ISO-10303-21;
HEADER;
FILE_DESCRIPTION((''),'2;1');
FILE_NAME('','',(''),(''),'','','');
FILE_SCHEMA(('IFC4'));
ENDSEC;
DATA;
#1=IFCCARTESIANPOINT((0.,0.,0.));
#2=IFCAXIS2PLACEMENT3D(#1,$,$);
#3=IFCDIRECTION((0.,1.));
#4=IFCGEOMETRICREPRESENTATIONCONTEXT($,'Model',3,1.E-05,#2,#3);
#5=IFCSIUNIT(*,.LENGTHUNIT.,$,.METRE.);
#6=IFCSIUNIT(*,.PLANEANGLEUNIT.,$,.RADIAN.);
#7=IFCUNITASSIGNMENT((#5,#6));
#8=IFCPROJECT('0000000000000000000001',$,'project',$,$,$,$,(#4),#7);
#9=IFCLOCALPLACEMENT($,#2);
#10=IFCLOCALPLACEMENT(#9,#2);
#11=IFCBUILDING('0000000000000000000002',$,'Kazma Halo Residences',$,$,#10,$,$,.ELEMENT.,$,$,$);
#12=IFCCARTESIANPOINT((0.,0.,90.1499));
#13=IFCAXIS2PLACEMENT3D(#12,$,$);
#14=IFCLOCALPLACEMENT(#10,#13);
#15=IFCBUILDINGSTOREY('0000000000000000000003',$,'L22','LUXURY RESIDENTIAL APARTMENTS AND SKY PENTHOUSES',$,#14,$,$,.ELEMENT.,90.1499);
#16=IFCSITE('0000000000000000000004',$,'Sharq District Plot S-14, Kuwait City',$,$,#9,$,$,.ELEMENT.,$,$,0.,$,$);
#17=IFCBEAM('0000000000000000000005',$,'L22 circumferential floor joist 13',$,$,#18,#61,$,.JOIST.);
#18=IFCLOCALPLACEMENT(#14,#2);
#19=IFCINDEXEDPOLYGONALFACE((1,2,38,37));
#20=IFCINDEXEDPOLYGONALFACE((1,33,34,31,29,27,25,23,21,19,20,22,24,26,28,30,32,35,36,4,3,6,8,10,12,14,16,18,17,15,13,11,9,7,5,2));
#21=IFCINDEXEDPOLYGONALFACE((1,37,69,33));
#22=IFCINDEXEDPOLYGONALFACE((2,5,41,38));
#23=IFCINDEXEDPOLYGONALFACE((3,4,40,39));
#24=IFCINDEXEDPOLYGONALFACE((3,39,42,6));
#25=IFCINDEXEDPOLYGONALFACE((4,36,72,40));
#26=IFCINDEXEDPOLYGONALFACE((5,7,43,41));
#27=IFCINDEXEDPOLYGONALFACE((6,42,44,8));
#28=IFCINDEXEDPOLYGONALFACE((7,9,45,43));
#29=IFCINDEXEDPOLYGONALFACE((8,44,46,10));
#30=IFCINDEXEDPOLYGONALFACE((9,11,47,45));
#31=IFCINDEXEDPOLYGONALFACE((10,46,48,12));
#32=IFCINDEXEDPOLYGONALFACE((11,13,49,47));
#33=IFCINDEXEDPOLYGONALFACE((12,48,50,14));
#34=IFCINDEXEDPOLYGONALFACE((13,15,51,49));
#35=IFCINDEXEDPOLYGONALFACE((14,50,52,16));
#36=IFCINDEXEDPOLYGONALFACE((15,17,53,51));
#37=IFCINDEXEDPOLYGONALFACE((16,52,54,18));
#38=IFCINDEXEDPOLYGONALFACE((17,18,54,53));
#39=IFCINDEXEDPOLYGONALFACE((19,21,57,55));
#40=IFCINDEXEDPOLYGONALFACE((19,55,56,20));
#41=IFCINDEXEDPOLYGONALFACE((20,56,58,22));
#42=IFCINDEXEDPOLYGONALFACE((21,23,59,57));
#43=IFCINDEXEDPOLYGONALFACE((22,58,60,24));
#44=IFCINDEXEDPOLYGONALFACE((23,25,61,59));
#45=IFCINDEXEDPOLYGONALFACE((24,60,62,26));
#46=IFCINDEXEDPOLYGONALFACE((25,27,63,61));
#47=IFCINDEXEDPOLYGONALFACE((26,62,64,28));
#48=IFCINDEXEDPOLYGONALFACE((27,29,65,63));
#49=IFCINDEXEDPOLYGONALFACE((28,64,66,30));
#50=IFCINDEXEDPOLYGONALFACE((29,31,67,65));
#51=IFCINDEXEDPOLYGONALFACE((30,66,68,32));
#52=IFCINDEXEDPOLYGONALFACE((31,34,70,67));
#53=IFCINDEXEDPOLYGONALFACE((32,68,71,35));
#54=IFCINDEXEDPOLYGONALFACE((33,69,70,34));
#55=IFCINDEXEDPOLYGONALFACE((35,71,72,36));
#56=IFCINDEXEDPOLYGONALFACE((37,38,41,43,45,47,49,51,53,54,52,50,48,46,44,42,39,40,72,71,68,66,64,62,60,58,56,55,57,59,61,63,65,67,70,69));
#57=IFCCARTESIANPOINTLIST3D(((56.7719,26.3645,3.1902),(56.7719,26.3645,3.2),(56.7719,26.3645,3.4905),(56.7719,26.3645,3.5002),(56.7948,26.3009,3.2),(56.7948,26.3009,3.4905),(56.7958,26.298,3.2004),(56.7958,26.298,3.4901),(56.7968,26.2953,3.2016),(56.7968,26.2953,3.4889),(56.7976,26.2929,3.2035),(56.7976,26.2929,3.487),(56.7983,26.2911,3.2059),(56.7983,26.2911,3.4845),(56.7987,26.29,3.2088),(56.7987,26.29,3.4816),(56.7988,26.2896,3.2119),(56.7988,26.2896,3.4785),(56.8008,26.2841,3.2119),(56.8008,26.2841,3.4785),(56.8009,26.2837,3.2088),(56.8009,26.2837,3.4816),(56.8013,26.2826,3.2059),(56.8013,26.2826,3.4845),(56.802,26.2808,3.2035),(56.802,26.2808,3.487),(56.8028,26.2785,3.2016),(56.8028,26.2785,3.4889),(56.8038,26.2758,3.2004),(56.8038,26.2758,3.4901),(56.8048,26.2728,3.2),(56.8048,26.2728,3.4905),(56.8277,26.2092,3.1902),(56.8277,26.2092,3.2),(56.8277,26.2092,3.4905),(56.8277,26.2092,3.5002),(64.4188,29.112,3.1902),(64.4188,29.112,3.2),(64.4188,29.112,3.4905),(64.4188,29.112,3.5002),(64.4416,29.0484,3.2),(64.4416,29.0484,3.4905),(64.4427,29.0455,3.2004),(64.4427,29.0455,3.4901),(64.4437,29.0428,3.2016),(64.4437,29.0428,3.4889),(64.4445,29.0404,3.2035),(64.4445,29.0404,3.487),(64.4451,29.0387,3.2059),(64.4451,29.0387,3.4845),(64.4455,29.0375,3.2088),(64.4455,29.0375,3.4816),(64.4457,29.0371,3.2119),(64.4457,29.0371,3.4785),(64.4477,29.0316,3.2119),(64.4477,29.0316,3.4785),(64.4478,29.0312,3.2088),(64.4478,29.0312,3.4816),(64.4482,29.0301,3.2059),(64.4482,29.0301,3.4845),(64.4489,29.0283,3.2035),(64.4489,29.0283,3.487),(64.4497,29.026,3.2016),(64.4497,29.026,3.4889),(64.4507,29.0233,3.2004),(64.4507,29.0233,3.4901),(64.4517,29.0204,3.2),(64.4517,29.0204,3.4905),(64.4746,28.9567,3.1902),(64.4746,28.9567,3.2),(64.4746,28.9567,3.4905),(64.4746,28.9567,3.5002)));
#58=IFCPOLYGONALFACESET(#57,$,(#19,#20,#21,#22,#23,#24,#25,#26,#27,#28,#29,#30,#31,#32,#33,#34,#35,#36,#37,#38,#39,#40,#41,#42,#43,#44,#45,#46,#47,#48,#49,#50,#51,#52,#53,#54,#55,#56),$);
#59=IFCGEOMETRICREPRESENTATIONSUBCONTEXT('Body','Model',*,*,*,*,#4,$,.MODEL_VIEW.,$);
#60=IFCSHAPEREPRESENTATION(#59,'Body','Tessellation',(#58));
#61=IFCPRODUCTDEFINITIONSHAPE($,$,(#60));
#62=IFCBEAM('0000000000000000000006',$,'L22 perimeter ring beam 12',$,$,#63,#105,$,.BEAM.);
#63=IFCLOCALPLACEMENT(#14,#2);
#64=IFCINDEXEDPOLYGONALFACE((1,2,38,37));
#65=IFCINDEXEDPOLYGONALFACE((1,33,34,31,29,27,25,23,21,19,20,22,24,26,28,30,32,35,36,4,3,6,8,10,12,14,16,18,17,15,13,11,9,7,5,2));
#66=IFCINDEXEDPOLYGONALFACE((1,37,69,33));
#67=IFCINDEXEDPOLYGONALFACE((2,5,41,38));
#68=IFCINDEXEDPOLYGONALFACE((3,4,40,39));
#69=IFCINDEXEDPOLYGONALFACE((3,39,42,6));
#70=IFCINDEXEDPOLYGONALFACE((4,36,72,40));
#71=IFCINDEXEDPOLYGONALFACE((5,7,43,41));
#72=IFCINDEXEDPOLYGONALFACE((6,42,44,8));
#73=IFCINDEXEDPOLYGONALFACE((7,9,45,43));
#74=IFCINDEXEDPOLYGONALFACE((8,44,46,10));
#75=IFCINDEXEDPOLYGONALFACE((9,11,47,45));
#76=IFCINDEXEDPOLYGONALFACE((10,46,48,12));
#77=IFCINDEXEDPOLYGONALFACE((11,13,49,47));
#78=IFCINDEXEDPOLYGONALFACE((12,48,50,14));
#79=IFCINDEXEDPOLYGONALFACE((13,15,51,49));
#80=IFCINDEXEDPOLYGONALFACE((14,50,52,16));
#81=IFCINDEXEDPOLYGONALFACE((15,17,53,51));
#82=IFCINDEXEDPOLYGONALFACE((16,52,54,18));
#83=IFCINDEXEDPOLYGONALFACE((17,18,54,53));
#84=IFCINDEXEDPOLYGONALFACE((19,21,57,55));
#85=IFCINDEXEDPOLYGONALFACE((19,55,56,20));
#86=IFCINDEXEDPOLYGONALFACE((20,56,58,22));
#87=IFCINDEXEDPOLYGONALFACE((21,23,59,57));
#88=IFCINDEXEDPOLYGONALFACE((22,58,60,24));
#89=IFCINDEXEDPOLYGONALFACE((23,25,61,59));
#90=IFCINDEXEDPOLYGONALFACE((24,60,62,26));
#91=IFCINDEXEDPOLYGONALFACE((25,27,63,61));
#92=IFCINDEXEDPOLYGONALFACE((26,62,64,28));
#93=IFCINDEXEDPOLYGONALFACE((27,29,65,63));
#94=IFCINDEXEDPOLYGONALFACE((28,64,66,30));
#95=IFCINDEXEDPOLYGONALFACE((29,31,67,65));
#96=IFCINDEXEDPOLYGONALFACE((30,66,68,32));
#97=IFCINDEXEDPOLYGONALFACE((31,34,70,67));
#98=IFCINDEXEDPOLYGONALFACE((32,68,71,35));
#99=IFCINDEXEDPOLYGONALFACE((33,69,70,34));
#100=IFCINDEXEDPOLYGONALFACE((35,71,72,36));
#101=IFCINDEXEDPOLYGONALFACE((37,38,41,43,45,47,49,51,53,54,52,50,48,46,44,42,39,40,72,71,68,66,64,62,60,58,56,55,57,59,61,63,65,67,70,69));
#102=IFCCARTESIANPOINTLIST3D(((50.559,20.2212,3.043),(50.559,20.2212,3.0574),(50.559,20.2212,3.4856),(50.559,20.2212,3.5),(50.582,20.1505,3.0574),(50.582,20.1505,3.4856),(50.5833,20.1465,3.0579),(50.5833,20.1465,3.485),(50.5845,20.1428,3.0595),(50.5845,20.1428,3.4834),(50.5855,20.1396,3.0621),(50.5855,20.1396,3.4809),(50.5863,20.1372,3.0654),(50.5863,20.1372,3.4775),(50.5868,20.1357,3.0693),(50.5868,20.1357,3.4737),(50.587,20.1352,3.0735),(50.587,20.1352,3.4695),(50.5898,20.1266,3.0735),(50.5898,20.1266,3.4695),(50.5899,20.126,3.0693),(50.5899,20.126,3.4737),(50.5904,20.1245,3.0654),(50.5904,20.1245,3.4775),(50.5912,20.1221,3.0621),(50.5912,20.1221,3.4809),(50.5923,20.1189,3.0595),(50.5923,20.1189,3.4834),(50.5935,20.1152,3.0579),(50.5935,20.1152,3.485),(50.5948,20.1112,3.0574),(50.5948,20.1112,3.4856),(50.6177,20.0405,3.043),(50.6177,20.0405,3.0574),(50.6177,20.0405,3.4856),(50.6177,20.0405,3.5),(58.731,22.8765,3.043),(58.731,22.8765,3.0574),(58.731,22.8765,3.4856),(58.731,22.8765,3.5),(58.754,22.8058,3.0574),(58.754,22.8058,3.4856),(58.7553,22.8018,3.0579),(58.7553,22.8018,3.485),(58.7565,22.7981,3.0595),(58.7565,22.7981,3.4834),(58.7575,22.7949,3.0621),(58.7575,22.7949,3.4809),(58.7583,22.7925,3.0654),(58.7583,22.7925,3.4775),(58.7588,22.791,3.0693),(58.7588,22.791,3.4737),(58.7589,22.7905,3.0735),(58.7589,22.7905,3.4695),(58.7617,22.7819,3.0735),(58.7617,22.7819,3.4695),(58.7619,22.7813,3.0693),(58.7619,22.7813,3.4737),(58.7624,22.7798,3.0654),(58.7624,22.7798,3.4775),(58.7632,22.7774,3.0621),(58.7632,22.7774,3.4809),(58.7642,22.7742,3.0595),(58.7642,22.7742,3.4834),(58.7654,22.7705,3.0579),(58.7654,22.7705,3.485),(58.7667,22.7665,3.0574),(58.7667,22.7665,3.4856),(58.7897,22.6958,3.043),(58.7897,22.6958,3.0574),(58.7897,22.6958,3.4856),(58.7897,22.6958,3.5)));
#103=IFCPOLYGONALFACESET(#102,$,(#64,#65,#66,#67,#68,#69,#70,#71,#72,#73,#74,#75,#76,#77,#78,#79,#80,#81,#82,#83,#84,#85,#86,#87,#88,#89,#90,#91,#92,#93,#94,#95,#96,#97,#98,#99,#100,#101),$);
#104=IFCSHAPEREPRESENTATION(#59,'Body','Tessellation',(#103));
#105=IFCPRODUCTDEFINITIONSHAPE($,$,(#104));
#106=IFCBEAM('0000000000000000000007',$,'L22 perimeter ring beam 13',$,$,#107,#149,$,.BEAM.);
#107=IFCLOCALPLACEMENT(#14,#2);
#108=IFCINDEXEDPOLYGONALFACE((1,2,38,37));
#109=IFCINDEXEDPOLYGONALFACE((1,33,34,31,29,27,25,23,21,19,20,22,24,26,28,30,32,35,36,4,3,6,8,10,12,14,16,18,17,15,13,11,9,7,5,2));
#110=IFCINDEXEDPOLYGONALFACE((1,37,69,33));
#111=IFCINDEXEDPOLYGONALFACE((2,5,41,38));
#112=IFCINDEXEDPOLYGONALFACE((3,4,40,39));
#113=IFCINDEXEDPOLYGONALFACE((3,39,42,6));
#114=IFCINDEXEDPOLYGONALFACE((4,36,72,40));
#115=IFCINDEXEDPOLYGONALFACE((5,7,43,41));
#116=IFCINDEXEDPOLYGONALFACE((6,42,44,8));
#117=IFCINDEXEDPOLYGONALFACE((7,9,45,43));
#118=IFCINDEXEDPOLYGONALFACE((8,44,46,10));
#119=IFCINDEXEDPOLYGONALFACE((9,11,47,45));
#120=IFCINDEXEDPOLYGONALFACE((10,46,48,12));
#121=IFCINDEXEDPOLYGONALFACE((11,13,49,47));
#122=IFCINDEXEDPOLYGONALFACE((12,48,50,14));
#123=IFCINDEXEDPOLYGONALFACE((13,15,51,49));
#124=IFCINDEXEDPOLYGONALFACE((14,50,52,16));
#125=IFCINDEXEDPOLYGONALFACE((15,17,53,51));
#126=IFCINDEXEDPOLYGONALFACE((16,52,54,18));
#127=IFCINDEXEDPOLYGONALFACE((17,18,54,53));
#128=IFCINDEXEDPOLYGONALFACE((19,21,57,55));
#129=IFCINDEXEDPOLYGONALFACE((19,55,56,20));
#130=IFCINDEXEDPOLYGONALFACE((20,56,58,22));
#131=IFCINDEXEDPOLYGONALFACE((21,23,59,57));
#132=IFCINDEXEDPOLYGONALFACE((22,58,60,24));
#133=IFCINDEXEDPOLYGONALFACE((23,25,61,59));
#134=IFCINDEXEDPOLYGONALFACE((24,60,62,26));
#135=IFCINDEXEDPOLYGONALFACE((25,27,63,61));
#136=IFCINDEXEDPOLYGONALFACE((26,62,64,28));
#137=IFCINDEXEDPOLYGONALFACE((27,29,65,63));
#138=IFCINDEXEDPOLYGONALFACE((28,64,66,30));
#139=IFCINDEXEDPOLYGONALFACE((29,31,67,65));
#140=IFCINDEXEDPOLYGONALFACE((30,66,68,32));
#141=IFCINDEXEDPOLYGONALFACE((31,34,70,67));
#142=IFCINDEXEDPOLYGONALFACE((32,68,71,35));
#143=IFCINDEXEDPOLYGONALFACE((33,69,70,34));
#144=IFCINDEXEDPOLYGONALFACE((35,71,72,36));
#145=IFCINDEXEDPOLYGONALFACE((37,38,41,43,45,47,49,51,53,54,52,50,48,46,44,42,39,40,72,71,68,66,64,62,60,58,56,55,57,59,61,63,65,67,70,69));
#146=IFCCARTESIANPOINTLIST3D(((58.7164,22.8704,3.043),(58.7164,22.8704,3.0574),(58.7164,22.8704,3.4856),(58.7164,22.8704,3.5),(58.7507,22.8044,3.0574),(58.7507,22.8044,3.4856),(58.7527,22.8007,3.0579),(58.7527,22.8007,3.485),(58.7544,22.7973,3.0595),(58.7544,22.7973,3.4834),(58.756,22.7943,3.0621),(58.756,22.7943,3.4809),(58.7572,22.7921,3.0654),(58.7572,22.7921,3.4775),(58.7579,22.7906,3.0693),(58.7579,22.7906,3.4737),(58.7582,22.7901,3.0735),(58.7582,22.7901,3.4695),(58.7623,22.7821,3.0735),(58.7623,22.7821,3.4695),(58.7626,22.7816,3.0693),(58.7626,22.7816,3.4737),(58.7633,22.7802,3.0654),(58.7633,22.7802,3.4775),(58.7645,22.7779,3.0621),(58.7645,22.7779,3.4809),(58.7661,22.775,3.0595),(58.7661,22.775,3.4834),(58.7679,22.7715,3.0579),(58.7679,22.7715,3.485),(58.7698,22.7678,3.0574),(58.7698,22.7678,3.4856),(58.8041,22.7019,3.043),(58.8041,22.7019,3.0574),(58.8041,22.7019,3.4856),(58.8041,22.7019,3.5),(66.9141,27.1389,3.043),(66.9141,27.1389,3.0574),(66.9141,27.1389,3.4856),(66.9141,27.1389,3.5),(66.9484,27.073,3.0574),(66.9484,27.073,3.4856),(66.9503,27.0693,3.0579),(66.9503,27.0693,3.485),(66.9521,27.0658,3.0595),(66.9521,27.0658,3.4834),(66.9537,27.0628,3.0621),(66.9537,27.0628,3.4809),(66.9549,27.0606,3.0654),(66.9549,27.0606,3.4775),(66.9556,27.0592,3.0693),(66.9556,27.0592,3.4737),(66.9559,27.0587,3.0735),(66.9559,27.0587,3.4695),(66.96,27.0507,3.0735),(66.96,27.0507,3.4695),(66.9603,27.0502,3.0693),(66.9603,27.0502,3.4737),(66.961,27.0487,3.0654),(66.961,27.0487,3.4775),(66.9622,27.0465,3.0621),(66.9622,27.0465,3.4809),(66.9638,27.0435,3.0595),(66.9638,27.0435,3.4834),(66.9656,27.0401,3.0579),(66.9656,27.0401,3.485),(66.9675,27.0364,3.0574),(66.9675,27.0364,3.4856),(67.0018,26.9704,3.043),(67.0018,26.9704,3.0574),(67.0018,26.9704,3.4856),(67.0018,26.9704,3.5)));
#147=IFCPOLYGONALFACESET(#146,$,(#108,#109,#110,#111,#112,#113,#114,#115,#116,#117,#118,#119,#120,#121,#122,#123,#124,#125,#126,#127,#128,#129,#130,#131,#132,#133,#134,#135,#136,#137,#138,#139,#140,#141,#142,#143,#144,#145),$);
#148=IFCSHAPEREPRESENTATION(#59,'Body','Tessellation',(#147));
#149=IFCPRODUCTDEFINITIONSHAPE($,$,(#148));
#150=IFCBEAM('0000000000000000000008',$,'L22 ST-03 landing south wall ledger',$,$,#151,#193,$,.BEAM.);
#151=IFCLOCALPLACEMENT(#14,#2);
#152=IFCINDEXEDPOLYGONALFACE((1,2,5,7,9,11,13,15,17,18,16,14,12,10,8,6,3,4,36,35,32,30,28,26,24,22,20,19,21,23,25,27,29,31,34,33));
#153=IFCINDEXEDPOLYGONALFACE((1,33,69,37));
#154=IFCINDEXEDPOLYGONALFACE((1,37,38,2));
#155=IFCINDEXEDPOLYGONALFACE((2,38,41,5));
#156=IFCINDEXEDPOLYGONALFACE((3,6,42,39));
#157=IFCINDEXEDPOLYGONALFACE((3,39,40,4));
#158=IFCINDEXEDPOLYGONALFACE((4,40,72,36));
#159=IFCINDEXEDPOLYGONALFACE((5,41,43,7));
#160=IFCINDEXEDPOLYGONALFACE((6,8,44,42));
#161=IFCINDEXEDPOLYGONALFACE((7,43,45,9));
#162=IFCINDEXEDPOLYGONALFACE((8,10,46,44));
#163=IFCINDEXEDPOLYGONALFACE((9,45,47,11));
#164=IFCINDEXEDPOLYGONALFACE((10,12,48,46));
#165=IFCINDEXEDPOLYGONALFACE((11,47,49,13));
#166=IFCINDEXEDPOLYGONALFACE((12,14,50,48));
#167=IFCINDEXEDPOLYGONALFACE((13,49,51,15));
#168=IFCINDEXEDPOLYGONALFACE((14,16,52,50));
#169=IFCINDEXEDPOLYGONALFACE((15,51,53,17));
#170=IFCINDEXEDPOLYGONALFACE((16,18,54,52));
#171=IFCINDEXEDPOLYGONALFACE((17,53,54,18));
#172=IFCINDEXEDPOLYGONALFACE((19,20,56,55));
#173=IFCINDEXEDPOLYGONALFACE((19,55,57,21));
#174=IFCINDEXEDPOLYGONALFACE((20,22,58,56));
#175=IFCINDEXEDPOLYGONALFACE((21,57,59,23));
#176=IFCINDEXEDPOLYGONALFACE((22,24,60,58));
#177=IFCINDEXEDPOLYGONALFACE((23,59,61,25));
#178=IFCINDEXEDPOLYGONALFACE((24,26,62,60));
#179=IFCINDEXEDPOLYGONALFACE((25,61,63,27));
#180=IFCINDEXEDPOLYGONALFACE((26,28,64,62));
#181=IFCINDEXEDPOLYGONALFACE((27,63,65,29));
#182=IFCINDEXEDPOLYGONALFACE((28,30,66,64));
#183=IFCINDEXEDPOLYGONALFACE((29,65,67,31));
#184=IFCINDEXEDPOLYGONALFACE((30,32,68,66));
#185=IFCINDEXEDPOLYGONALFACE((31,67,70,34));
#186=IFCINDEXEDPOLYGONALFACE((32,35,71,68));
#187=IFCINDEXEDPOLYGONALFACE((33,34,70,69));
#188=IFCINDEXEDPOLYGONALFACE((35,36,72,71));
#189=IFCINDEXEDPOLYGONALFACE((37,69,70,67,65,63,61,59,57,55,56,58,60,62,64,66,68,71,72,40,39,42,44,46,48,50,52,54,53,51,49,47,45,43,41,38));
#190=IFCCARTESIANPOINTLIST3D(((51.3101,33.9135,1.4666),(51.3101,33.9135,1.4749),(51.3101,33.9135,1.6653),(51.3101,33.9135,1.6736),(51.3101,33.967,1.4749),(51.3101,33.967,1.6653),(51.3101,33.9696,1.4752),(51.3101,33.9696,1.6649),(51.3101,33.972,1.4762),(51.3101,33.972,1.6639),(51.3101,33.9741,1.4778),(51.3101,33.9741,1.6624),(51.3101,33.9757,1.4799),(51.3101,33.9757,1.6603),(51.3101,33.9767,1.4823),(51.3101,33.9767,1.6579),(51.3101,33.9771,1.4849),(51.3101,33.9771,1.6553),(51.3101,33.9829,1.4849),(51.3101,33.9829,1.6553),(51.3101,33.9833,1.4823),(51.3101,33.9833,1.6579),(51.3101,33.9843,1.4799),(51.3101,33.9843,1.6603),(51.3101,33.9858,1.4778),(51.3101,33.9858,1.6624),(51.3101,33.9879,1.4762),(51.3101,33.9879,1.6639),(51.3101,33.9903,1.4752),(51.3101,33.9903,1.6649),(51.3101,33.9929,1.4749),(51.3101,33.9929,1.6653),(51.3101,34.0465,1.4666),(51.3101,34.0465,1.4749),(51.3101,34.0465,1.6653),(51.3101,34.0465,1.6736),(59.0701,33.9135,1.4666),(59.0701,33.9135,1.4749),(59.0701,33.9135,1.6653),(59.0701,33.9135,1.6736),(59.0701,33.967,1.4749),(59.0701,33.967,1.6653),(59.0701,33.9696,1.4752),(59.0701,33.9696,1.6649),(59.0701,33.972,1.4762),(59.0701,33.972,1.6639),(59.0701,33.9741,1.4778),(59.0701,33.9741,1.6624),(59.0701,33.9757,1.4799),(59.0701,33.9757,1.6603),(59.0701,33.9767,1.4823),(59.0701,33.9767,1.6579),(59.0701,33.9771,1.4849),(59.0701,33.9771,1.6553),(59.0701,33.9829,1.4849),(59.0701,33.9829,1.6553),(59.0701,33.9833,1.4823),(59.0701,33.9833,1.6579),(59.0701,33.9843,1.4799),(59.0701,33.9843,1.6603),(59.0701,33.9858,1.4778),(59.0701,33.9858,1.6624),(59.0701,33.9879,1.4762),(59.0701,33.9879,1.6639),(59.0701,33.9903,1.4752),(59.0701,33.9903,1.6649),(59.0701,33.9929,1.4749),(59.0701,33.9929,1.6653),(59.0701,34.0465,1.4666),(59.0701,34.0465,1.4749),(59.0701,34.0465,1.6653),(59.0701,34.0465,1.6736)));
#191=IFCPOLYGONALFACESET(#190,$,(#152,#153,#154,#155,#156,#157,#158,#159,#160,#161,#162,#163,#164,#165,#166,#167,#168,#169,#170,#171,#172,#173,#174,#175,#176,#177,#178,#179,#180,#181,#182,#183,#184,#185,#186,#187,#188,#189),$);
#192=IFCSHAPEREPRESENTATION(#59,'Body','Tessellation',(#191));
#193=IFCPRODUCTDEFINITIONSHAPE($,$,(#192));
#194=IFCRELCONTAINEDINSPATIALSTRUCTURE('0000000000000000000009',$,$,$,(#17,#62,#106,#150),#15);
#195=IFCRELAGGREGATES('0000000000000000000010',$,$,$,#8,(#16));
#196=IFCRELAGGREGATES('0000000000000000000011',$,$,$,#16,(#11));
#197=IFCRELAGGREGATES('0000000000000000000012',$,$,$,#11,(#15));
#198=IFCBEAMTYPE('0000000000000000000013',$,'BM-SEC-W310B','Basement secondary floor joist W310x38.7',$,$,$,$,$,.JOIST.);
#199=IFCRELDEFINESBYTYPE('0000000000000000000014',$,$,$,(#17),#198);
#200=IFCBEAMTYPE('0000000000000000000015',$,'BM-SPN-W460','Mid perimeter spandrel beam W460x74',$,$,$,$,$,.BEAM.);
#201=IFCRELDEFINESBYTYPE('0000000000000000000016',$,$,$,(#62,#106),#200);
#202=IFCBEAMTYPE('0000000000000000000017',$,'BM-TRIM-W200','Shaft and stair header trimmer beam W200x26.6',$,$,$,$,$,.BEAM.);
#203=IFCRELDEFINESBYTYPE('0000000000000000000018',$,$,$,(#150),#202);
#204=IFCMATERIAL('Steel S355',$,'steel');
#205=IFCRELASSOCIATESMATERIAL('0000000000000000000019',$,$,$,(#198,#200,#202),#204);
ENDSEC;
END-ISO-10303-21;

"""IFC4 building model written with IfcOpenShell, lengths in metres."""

from ifc_helpers import new_model, si_unit, direction, frame, origin, origin_2d, place, context, subcontext, project, spatial, i_section, extrude, material, material_profile, profile_set, type_object, element, save


model = new_model("IFC4")

# Units and contexts
model_context = context("Model", 3, precision=1e-05, world=origin(), true_north=direction((0.0, 1.0)))
body_context = subcontext(model_context, "Body", "Model", "MODEL_VIEW")
ifc_project = project(units=[si_unit("LENGTHUNIT", "METRE"), si_unit("PLANEANGLEUNIT", "RADIAN")], contexts=[model_context])

# Site, building, storey
site_placement = place(None, origin())
site = spatial("IfcSite", under=ifc_project, at=site_placement, Name="Sharq District Plot S-14, Kuwait City", CompositionType="ELEMENT", RefElevation=0.0)
building_placement = place(site_placement, origin())
building = spatial("IfcBuilding", under=site, at=building_placement, Name="Kazma Halo Residences", CompositionType="ELEMENT")
storey_placement = place(building_placement, frame((0.0, 0.0, 90.1499)))
storey = spatial("IfcBuildingStorey", under=building, at=storey_placement, Name="L22", Description="LUXURY RESIDENTIAL APARTMENTS AND SKY PENTHOUSES", CompositionType="ELEMENT", Elevation=90.1499)

# Beams
ifc_material_1 = material(Name="Steel S355", Category="steel")
ifc_material_profile_1 = material_profile(ifc_material_1, i_section(OverallWidth=0.165, OverallDepth=0.3101, WebThickness=0.0059, FlangeThickness=0.0098, FilletRadius=0.012, at=origin_2d()), Name="W310x38.7")
ifc_profile_set_1 = profile_set([ifc_material_profile_1], Name="Steel S355")
beam_type_1 = type_object("IfcBeamType", Name="BM-SEC-W310B", Description="Basement secondary floor joist W310x38.7", PredefinedType="JOIST", material=ifc_profile_set_1)
beam_1_placement = place(storey_placement, frame((56.7998, 26.2869, 3.3452), z_axis=(0.941097, 0.338136, 0.0), x_axis=(-0.338136, 0.941097, 0.0)))
element("IfcBeam", 1, at=beam_1_placement, inside=storey, type_object=beam_type_1, Name="L22 circumferential floor joist 13", PredefinedType="JOIST", context=body_context, shape_type="SweptSolid", body=[
    extrude(i_section(OverallWidth=0.165, OverallDepth=0.3101, WebThickness=0.0059, FlangeThickness=0.0098, FilletRadius=0.012, at=origin_2d()), origin(), (0.0, 0.0, 1.0), 8.1255),
])
ifc_material_profile_2 = material_profile(ifc_material_1, i_section(OverallWidth=0.1899, OverallDepth=0.457, WebThickness=0.009, FlangeThickness=0.0144, FilletRadius=0.0161, at=origin_2d()), Name="W460x74")
ifc_profile_set_2 = profile_set([ifc_material_profile_2], Name="Steel S355")
beam_type_2 = type_object("IfcBeamType", Name="BM-SPN-W460", Description="Mid perimeter spandrel beam W460x74", PredefinedType="BEAM", material=ifc_profile_set_2)
beam_2_placement = place(storey_placement, frame((50.5884, 20.1309, 3.2715), z_axis=(0.951054, 0.309024, 0.0), x_axis=(-0.309024, 0.951054, 0.0)))
element("IfcBeam", 2, at=beam_2_placement, inside=storey, type_object=beam_type_2, Name="L22 perimeter ring beam 12", PredefinedType="BEAM", context=body_context, shape_type="SweptSolid", body=[
    extrude(i_section(OverallWidth=0.1899, OverallDepth=0.457, WebThickness=0.009, FlangeThickness=0.0144, FilletRadius=0.0161, at=origin_2d()), origin(), (0.0, 0.0, 1.0), 8.5925),
])
beam_3_placement = place(storey_placement, frame((58.7603, 22.7861, 3.2715), z_axis=(0.886963, 0.46184, 0.0), x_axis=(-0.46184, 0.886963, 0.0)))
element("IfcBeam", 3, at=beam_3_placement, inside=storey, type_object=beam_type_2, Name="L22 perimeter ring beam 13", PredefinedType="BEAM", context=body_context, shape_type="SweptSolid", body=[
    extrude(i_section(OverallWidth=0.1899, OverallDepth=0.457, WebThickness=0.009, FlangeThickness=0.0144, FilletRadius=0.0161, at=origin_2d()), origin(), (0.0, 0.0, 1.0), 9.2424),
])
ifc_material_profile_3 = material_profile(ifc_material_1, i_section(OverallWidth=0.1331, OverallDepth=0.207, WebThickness=0.0059, FlangeThickness=0.0083, FilletRadius=0.01, at=origin_2d()), Name="W200x26.6")
ifc_profile_set_3 = profile_set([ifc_material_profile_3], Name="Steel S355")
beam_type_3 = type_object("IfcBeamType", Name="BM-TRIM-W200", Description="Shaft and stair header trimmer beam W200x26.6", PredefinedType="BEAM", material=ifc_profile_set_3)
beam_4_placement = place(storey_placement, frame((51.3101, 33.98, 1.5701), z_axis=(1.0, 0.0, 0.0), x_axis=(0.0, 1.0, 0.0)))
element("IfcBeam", 4, at=beam_4_placement, inside=storey, type_object=beam_type_3, Name="L22 ST-03 landing south wall ledger", PredefinedType="BEAM", context=body_context, shape_type="SweptSolid", body=[
    extrude(i_section(OverallWidth=0.1331, OverallDepth=0.207, WebThickness=0.0059, FlangeThickness=0.0083, FilletRadius=0.01, at=origin_2d()), origin(), (0.0, 0.0, 1.0), 7.76),
])

save(model, "model.ifc")
